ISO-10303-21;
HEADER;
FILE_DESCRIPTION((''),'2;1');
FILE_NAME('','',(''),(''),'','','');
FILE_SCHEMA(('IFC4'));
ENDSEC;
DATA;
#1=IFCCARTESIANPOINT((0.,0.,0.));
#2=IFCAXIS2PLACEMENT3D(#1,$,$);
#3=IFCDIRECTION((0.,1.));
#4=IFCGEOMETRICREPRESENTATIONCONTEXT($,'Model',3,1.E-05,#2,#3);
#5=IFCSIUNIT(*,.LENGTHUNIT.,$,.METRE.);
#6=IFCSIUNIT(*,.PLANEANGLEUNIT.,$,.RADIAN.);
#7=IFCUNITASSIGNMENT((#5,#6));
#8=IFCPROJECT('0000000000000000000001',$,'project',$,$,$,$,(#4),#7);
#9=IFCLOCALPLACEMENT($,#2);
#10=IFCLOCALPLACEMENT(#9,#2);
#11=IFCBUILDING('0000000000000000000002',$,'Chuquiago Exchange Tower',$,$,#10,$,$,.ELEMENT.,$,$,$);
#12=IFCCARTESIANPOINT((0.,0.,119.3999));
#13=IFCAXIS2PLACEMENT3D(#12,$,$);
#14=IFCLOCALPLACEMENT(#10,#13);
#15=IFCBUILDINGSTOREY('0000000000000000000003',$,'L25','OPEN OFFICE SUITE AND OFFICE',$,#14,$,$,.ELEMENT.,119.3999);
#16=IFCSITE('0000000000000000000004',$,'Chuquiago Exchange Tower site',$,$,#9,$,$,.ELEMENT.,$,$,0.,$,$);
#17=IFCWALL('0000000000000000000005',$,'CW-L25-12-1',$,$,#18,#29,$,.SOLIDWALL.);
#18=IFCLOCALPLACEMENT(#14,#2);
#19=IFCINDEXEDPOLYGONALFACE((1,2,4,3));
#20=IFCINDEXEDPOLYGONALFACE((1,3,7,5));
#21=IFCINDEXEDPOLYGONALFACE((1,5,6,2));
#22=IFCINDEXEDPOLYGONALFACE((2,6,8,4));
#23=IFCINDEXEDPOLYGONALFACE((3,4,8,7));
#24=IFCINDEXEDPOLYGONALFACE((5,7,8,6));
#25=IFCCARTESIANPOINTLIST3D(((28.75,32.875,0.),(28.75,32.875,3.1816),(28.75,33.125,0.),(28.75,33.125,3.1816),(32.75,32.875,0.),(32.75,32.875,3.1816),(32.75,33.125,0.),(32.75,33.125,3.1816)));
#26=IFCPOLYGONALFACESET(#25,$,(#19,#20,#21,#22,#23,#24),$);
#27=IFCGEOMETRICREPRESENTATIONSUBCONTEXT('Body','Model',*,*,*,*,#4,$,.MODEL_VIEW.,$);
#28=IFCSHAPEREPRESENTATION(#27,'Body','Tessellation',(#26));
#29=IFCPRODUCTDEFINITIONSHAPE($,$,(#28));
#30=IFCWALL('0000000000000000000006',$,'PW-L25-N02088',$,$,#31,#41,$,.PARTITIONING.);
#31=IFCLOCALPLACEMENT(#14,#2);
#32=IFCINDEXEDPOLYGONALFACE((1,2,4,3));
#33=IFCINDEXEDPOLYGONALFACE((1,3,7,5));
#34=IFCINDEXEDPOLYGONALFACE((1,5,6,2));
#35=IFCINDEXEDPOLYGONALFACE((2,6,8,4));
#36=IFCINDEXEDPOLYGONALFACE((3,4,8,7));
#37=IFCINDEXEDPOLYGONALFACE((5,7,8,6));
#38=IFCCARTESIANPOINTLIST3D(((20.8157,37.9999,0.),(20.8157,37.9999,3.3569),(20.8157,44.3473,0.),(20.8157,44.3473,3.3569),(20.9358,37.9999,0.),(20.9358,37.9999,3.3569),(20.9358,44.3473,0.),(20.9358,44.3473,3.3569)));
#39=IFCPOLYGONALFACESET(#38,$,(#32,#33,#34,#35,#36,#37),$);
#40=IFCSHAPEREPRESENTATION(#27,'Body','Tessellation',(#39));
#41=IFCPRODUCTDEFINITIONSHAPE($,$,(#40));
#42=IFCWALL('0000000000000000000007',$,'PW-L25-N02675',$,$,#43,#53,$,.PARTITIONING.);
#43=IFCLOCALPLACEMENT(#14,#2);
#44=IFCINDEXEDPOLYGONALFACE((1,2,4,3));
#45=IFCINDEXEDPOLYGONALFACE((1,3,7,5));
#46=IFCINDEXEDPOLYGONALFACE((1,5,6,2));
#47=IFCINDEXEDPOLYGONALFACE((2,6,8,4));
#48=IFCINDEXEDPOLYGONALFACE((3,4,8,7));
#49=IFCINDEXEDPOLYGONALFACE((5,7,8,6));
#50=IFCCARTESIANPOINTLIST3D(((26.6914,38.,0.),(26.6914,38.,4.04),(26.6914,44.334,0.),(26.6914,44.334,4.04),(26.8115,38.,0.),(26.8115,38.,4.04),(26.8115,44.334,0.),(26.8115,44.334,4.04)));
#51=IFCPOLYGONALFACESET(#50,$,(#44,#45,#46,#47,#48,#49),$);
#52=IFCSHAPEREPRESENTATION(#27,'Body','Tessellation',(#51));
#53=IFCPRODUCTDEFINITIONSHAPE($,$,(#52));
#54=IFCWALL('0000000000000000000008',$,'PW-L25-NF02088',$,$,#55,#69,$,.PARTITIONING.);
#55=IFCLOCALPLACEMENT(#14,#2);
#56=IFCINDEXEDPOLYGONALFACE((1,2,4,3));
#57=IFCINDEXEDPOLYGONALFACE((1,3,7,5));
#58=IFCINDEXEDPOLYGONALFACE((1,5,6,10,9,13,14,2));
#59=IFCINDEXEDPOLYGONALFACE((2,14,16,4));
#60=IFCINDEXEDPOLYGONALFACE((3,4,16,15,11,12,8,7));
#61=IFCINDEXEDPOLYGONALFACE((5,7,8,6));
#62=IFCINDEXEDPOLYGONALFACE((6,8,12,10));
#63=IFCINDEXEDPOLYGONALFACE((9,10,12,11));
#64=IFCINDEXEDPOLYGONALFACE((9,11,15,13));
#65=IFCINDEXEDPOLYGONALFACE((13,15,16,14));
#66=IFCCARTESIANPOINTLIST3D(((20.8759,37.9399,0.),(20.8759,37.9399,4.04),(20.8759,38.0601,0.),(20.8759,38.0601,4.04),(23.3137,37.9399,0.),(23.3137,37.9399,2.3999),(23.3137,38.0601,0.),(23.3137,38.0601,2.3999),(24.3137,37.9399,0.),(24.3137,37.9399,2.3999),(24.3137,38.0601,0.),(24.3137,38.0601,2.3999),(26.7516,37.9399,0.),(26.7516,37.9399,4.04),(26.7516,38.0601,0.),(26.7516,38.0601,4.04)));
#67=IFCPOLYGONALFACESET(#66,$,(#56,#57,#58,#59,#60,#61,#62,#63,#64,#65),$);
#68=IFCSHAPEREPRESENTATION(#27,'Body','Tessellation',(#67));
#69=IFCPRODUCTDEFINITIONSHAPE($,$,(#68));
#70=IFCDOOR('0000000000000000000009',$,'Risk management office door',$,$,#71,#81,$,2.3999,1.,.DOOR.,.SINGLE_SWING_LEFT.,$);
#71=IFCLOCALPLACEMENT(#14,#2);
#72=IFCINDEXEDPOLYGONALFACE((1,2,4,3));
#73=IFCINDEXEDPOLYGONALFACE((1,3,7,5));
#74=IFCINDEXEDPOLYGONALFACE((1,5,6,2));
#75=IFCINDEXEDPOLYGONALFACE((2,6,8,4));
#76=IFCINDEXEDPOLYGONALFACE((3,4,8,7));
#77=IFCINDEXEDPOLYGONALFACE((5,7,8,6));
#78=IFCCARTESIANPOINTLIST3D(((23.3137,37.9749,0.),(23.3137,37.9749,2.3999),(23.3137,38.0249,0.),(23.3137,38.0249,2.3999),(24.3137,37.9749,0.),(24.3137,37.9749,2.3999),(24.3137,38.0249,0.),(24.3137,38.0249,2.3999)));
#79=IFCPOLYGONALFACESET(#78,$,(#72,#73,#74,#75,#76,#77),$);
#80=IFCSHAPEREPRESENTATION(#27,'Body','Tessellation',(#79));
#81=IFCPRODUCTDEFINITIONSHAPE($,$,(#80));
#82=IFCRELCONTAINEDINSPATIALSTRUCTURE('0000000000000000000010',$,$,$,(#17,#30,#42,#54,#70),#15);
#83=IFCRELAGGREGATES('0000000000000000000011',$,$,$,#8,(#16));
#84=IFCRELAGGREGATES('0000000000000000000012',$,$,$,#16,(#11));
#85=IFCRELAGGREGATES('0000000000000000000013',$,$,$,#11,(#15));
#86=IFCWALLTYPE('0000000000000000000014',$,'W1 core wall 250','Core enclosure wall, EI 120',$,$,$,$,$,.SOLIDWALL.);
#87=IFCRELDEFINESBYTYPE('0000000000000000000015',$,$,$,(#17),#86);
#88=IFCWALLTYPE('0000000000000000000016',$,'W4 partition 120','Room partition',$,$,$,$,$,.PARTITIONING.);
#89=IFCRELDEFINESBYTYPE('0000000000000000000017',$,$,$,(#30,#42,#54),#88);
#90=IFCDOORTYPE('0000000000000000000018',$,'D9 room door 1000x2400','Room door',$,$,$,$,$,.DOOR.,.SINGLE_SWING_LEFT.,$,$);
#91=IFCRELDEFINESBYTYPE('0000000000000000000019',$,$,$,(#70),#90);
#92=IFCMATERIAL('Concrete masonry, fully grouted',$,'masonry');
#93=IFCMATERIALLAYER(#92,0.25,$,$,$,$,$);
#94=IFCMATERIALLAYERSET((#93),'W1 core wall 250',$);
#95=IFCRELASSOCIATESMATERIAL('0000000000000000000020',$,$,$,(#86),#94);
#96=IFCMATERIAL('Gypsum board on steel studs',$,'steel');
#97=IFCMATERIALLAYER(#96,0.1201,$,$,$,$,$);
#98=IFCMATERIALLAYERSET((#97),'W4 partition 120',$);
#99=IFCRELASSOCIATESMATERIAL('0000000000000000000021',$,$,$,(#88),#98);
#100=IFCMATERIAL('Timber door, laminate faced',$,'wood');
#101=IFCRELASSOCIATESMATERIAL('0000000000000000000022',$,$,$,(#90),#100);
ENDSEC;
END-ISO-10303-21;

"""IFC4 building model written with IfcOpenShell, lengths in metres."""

from ifc_helpers import new_model, si_unit, direction, frame, frame_2d, origin, place, context, subcontext, project, spatial, rectangle, extrude, material, layer, layer_set, type_object, element, fill, save


model = new_model("IFC4")

# Units and contexts
model_context = context("Model", 3, precision=1e-05, world=origin(), true_north=direction((0.0, 1.0)))
body_context = subcontext(model_context, "Body", "Model", "MODEL_VIEW")
ifc_project = project(units=[si_unit("LENGTHUNIT", "METRE"), si_unit("PLANEANGLEUNIT", "RADIAN")], contexts=[model_context])

# Site, building, storey
site_placement = place(None, origin())
site = spatial("IfcSite", under=ifc_project, at=site_placement, Name="Chuquiago Exchange Tower site", CompositionType="ELEMENT", RefElevation=0.0)
building_placement = place(site_placement, origin())
building = spatial("IfcBuilding", under=site, at=building_placement, Name="Chuquiago Exchange Tower", CompositionType="ELEMENT")
storey_placement = place(building_placement, frame((0.0, 0.0, 119.3999)))
storey = spatial("IfcBuildingStorey", under=building, at=storey_placement, Name="L25", Description="OPEN OFFICE SUITE AND OFFICE", CompositionType="ELEMENT", Elevation=119.3999)

# Walls
ifc_material_1 = material(Name="Concrete masonry, fully grouted", Category="masonry")
ifc_layer_1 = layer(ifc_material_1, 0.25)
ifc_layer_set_1 = layer_set([ifc_layer_1], Name="W1 core wall 250")
wall_type_1 = type_object("IfcWallType", Name="W1 core wall 250", Description="Core enclosure wall, EI 120", PredefinedType="SOLIDWALL", material=ifc_layer_set_1)
wall_1_placement = place(storey_placement, frame((28.75, 33.0, 0.0), z_axis=(0.0, 0.0, 1.0), x_axis=(1.0, 0.0, 0.0)))
element("IfcWall", 1, at=wall_1_placement, inside=storey, type_object=wall_type_1, Name="CW-L25-12-1", PredefinedType="SOLIDWALL", context=body_context, shape_type="SweptSolid", body=[
    extrude(rectangle(XDim=4.0, YDim=0.25, at=frame_2d((2.0, 0.0))), origin(), (0.0, 0.0, 1.0), 3.1816),
])
ifc_material_2 = material(Name="Gypsum board on steel studs", Category="steel")
ifc_layer_2 = layer(ifc_material_2, 0.1201)
ifc_layer_set_2 = layer_set([ifc_layer_2], Name="W4 partition 120")
wall_type_2 = type_object("IfcWallType", Name="W4 partition 120", Description="Room partition", PredefinedType="PARTITIONING", material=ifc_layer_set_2)
wall_2_placement = place(storey_placement, frame((20.8757, 44.3474, 0.0), z_axis=(0.0, 0.0, 1.0), x_axis=(0.0, -1.0, 0.0)))
element("IfcWall", 2, at=wall_2_placement, inside=storey, type_object=wall_type_2, Name="PW-L25-N02088", PredefinedType="PARTITIONING", context=body_context, shape_type="SweptSolid", body=[
    extrude(rectangle(XDim=6.3474, YDim=0.1201, at=frame_2d((3.1738, 0.0))), origin(), (0.0, 0.0, 1.0), 3.3569),
])
wall_3_placement = place(storey_placement, frame((26.7515, 44.334, 0.0), z_axis=(0.0, 0.0, 1.0), x_axis=(0.0, -1.0, 0.0)))
element("IfcWall", 3, at=wall_3_placement, inside=storey, type_object=wall_type_2, Name="PW-L25-N02675", PredefinedType="PARTITIONING", context=body_context, shape_type="SweptSolid", body=[
    extrude(rectangle(XDim=6.334, YDim=0.1201, at=frame_2d((3.167, 0.0))), origin(), (0.0, 0.0, 1.0), 4.04),
])

# Wall, opening, door
wall_4_placement = place(storey_placement, frame((20.8757, 38.0, 0.0), z_axis=(0.0, 0.0, 1.0), x_axis=(1.0, 0.0, 0.0)))
wall_4 = element("IfcWall", 4, at=wall_4_placement, inside=storey, type_object=wall_type_2, Name="PW-L25-NF02088", PredefinedType="PARTITIONING", context=body_context, shape_type="SweptSolid", body=[
    extrude(rectangle(XDim=5.8757, YDim=0.1201, at=frame_2d((2.938, 0.0))), origin(), (0.0, 0.0, 1.0), 4.04),
])
opening_placement = place(wall_4_placement, frame((2.438, 0.0, 0.0)))
opening = element("IfcOpeningElement", 5, at=opening_placement, cuts=wall_4, PredefinedType="OPENING", context=body_context, shape_type="SweptSolid", body=[
    extrude(rectangle(XDim=1.0, YDim=2.3999, at=frame_2d((0.5, 1.2))), frame((0.0, 0.0701, 0.0), z_axis=(0.0, -1.0, 0.0), x_axis=(1.0, 0.0, 0.0)), (0.0, 0.0, 1.0), 0.1401),
])
ifc_material_3 = material(Name="Timber door, laminate faced", Category="wood")
door_type = type_object("IfcDoorType", Name="D9 room door 1000x2400", Description="Room door", OperationType="SINGLE_SWING_LEFT", PredefinedType="DOOR", material=ifc_material_3)
door_placement = place(opening_placement, origin())
door = element("IfcDoor", 6, at=door_placement, inside=storey, type_object=door_type, Name="Risk management office door", OperationType="SINGLE_SWING_LEFT", OverallHeight=2.3999, OverallWidth=1.0, PredefinedType="DOOR", context=body_context, shape_type="SweptSolid", body=[
    extrude(rectangle(XDim=1.0, YDim=2.3999, at=frame_2d((0.5, 1.2))), frame((0.0, 0.0249, 0.0), z_axis=(0.0, -1.0, 0.0), x_axis=(1.0, 0.0, 0.0)), (0.0, 0.0, 1.0), 0.05),
])
fill(opening, door)

save(model, "model.ifc")
